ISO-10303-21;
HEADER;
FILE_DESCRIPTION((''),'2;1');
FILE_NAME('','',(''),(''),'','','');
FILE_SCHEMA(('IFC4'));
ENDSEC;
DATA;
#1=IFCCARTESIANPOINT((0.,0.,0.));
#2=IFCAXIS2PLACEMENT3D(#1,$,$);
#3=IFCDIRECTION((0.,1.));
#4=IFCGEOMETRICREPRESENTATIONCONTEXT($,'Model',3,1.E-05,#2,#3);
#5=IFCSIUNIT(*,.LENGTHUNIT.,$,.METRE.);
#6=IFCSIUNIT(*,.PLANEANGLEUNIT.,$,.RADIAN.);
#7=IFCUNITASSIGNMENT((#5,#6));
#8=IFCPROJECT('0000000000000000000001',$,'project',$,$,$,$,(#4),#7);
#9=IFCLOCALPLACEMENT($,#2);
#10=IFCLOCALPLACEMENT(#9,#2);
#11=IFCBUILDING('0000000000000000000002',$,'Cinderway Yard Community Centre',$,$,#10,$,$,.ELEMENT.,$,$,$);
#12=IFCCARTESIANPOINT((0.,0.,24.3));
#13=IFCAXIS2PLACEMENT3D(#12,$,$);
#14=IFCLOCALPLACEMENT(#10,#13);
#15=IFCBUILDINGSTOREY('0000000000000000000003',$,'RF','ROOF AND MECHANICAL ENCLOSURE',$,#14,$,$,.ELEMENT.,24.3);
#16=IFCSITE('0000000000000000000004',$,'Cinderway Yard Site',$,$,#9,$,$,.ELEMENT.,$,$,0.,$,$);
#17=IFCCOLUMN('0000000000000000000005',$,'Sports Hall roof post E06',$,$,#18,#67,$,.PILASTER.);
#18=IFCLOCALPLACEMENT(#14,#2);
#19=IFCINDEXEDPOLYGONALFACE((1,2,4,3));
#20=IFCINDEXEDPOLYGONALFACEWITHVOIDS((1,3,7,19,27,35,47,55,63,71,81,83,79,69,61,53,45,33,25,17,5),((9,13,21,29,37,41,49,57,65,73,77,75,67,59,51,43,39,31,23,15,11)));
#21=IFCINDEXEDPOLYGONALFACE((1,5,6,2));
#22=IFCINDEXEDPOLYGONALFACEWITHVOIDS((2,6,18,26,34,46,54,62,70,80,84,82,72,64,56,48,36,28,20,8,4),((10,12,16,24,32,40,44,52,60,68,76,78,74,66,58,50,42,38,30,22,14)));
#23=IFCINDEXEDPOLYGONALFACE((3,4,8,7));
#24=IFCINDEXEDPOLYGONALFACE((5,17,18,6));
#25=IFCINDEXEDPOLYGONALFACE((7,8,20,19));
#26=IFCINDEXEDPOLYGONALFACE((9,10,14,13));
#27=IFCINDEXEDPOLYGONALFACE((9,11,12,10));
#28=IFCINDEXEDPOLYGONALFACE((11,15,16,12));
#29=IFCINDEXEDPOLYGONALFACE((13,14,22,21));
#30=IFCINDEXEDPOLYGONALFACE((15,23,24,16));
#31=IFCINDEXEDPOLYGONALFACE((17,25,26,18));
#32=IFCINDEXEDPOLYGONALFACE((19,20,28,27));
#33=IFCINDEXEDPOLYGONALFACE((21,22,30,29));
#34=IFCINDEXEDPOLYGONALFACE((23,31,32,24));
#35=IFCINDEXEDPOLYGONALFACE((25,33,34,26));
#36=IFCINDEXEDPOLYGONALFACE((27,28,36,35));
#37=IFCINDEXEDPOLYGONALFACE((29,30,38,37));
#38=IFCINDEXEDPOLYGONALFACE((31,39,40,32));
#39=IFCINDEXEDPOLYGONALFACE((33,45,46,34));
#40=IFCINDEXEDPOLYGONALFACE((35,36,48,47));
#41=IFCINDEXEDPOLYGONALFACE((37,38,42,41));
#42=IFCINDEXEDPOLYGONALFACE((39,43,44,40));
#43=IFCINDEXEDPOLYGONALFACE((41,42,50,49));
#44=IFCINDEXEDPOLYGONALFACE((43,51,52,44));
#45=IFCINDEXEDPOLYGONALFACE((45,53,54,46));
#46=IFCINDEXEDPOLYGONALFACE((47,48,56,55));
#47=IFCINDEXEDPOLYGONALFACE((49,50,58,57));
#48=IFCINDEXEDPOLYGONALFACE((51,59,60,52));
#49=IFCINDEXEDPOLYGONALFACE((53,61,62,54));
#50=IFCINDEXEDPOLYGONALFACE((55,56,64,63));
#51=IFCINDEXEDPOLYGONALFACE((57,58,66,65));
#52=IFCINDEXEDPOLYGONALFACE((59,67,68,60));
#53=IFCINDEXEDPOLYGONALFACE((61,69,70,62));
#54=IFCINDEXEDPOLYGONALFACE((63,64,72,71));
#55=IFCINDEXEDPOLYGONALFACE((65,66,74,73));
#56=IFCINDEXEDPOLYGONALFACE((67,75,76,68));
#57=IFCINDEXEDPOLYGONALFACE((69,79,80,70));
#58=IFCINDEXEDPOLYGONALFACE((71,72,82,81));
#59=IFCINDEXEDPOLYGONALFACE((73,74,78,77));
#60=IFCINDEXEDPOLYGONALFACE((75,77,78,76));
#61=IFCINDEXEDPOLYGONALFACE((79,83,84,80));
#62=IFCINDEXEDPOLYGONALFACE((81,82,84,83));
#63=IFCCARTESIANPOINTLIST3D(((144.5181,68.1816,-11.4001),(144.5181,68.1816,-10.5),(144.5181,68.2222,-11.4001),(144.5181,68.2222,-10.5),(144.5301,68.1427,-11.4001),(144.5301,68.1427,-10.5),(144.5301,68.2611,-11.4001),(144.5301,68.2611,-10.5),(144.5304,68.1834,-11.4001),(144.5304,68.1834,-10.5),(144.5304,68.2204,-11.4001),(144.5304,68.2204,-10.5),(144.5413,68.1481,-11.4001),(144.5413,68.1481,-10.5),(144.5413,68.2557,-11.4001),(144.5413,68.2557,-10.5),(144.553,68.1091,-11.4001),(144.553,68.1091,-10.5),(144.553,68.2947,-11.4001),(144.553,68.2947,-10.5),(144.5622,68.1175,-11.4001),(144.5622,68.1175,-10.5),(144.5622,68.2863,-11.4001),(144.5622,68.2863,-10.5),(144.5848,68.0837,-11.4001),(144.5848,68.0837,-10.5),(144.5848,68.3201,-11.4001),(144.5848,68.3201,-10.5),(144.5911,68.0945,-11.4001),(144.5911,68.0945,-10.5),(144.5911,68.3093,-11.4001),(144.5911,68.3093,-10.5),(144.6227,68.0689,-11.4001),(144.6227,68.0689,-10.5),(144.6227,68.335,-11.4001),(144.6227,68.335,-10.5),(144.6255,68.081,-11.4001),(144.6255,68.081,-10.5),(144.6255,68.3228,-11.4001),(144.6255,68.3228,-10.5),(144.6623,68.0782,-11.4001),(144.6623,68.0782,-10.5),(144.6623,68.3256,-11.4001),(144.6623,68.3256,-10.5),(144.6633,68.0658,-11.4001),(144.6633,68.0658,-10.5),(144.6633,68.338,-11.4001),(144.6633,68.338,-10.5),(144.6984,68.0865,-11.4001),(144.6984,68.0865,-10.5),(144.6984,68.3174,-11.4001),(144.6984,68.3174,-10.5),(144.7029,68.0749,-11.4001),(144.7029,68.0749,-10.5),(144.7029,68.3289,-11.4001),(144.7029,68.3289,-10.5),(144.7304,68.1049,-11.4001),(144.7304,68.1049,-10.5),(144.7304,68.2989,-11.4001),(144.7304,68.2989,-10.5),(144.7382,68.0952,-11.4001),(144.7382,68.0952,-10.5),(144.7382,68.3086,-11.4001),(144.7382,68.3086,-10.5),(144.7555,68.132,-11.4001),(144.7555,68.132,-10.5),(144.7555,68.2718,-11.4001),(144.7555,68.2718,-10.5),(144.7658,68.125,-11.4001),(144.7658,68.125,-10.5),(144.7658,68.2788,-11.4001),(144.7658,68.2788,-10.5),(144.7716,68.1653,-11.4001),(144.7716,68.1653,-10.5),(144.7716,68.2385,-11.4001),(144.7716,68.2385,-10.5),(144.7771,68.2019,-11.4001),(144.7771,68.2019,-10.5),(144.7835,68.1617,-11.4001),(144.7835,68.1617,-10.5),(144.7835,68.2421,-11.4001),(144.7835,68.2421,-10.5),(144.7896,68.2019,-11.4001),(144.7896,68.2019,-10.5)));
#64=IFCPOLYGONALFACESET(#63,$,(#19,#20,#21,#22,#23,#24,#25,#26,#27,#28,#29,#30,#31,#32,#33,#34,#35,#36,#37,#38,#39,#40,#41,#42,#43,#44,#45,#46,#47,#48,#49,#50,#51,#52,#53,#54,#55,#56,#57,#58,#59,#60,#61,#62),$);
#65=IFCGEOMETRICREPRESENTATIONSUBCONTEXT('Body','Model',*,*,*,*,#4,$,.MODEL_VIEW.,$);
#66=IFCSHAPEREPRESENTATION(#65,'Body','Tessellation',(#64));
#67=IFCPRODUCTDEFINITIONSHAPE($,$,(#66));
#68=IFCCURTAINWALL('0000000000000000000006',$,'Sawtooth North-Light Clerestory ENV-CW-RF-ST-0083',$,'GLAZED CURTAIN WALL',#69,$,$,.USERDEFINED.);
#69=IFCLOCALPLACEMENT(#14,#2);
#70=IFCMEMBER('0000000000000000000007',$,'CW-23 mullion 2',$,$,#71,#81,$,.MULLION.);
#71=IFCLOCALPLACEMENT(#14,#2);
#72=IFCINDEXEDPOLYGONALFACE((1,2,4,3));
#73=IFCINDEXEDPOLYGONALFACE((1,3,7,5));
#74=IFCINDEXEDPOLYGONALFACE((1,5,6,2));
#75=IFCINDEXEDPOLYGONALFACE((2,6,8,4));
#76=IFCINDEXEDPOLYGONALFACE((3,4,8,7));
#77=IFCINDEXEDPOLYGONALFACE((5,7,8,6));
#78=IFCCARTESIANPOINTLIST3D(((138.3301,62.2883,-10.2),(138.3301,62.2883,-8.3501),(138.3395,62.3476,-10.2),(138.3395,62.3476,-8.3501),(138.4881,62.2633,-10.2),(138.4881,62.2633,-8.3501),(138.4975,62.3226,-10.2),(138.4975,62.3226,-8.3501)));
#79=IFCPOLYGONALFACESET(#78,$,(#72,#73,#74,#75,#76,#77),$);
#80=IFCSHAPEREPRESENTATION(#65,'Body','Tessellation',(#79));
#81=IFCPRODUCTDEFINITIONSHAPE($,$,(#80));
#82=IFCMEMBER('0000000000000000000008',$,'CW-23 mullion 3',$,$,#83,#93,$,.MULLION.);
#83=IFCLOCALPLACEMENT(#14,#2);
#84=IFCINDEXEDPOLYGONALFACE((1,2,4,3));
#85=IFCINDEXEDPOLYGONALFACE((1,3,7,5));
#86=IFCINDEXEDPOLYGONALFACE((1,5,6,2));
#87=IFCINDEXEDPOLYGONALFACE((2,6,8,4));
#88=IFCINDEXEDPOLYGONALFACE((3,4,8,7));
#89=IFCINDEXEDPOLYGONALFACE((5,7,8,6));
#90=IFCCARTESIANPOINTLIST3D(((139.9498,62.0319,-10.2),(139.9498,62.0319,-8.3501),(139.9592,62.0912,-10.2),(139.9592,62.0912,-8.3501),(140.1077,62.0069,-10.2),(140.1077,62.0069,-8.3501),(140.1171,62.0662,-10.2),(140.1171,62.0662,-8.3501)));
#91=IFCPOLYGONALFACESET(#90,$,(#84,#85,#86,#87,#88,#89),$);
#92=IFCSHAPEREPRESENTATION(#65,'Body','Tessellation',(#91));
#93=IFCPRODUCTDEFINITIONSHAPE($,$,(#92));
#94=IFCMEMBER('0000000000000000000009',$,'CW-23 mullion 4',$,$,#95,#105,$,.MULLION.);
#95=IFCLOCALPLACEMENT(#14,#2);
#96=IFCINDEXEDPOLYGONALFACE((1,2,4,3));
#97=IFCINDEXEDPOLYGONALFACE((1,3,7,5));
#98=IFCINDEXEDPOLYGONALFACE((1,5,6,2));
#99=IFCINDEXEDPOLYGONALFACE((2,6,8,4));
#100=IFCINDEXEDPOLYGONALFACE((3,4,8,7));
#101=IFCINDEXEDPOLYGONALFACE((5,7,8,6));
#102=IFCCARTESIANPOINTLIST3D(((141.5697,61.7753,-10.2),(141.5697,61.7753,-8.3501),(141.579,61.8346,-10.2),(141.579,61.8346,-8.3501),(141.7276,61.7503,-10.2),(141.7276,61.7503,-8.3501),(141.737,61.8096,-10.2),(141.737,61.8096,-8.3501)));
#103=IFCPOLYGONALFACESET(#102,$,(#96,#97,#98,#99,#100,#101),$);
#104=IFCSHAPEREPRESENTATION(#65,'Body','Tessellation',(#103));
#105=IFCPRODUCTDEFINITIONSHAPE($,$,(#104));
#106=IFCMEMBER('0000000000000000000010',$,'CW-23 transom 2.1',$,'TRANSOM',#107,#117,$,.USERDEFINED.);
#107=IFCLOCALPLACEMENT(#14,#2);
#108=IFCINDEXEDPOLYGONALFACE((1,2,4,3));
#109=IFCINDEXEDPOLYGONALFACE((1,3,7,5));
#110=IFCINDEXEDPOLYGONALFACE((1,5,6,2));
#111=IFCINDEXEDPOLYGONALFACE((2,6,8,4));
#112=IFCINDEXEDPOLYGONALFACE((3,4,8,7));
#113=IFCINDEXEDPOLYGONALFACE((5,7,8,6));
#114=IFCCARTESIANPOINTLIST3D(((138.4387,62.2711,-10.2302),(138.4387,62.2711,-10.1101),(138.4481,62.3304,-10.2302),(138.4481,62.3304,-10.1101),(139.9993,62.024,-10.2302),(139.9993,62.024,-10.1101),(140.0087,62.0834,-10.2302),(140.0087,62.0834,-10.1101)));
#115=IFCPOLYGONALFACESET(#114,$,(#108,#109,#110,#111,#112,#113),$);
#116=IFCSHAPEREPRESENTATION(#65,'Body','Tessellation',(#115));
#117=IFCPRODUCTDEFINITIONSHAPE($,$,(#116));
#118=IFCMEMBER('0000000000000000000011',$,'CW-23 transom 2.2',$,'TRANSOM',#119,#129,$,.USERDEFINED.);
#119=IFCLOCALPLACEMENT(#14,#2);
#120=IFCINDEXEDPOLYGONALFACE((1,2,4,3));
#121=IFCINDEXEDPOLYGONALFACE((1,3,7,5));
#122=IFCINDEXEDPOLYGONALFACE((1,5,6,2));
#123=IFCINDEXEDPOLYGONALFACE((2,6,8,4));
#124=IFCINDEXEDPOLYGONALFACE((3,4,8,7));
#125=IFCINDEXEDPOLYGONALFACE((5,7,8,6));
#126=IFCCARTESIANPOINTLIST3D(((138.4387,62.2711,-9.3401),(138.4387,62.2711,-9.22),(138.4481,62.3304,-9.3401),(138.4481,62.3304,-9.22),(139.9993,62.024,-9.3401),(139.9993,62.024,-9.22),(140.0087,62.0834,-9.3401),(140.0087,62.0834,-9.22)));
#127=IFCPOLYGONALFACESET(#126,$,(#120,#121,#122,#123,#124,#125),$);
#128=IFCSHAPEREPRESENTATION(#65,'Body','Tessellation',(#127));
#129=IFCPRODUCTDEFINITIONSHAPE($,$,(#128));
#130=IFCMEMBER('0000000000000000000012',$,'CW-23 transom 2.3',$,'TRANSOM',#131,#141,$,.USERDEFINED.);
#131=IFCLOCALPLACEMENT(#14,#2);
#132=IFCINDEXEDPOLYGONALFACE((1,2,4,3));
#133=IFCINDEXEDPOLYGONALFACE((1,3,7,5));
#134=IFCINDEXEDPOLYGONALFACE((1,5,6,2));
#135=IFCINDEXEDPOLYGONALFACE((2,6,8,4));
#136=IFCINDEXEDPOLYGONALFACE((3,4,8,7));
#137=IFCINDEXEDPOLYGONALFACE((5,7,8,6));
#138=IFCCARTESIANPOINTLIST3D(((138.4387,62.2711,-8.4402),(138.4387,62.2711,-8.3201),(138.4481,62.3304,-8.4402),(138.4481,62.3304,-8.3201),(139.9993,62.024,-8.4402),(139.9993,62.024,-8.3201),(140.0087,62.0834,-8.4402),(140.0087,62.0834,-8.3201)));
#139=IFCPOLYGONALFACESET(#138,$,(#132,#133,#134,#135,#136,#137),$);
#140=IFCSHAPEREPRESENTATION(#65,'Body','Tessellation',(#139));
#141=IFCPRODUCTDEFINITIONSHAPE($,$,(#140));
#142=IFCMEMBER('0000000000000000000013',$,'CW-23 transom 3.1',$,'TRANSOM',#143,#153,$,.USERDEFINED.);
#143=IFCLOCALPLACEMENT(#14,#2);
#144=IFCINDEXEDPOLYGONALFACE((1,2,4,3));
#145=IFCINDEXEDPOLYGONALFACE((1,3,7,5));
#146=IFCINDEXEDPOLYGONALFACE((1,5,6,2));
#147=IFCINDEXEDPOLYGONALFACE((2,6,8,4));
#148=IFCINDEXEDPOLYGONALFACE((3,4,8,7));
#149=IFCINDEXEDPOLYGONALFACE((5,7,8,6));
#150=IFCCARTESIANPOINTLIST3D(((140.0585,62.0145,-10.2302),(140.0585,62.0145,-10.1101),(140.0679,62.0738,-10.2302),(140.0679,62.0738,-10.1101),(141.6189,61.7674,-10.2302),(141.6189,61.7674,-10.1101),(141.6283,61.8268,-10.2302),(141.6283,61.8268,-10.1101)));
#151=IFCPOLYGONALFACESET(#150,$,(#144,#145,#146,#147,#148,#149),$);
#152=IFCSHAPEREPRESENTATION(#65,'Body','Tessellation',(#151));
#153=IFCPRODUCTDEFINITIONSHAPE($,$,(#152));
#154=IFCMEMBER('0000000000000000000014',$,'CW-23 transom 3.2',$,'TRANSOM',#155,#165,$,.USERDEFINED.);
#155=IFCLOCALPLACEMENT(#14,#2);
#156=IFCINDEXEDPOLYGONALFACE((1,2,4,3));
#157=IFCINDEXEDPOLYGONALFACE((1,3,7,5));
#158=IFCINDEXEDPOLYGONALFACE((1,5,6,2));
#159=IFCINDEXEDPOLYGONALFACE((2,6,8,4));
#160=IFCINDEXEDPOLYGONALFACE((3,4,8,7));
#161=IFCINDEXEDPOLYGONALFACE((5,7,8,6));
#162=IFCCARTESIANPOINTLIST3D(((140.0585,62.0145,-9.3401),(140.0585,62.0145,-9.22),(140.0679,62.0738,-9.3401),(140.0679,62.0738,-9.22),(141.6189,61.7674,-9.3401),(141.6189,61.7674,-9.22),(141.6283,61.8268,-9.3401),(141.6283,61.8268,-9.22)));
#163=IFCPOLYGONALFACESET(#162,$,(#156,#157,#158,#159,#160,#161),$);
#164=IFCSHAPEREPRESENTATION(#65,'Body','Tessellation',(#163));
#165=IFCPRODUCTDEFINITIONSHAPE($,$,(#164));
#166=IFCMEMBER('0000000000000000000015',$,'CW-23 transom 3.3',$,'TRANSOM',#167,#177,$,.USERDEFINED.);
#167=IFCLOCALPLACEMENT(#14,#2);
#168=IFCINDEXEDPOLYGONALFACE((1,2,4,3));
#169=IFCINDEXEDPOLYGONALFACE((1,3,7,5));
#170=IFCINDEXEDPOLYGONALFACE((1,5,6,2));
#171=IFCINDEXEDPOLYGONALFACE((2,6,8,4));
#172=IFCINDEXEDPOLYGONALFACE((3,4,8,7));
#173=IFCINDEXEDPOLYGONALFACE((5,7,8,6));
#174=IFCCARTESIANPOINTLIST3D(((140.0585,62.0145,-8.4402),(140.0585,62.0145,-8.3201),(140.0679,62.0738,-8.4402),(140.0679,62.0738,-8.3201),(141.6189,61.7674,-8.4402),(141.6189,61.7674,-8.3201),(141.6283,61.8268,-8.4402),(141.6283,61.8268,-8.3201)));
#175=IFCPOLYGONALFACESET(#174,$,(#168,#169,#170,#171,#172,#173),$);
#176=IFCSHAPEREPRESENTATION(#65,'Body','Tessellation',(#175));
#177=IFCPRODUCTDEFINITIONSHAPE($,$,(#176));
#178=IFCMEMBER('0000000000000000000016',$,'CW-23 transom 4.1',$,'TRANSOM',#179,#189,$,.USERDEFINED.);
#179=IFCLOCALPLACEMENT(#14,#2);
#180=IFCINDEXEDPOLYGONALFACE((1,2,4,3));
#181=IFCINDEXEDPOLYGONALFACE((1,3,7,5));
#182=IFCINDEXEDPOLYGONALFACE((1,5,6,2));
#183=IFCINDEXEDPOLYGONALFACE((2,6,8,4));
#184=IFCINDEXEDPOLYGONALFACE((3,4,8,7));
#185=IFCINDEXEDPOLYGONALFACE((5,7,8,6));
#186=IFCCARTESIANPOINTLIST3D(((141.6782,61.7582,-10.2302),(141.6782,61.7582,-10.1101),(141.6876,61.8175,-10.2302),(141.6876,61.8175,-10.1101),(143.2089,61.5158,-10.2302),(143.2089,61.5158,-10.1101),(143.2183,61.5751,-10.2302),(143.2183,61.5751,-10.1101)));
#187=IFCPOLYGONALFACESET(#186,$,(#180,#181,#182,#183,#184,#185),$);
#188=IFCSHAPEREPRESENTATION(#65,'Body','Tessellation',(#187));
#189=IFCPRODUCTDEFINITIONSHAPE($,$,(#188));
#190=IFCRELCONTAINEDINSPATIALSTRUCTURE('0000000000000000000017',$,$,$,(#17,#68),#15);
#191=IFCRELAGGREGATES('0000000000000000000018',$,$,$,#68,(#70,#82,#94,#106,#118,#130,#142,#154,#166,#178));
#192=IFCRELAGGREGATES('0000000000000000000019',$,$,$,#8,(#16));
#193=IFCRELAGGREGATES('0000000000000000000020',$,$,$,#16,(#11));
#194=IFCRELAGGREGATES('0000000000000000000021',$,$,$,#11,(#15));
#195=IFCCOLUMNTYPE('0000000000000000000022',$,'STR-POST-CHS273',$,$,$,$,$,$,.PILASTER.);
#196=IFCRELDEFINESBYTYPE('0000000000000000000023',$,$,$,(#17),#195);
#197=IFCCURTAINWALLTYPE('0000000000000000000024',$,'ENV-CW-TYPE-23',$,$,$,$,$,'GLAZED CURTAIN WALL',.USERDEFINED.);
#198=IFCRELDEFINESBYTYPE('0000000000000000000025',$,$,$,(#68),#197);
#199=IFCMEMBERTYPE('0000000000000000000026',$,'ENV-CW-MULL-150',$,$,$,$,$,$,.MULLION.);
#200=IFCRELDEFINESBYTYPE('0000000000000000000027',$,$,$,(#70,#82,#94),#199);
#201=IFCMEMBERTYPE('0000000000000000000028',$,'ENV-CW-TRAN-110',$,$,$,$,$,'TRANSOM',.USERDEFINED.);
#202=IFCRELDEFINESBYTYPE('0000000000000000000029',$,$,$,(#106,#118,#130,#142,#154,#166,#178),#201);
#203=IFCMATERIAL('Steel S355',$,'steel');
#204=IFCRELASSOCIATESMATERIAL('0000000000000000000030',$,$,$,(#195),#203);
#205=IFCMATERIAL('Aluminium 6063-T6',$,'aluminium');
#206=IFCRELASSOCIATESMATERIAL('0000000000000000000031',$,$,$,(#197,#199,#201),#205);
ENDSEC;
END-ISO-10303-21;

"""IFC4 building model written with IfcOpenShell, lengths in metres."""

from ifc_helpers import new_model, si_unit, direction, frame, origin, origin_2d, place, context, subcontext, project, spatial, rectangle, hollow_circle, extrude, material, material_profile, profile_set, type_object, element, aggregate, save


model = new_model("IFC4")

# Units and contexts
model_context = context("Model", 3, precision=1e-05, world=origin(), true_north=direction((0.0, 1.0)))
body_context = subcontext(model_context, "Body", "Model", "MODEL_VIEW")
ifc_project = project(units=[si_unit("LENGTHUNIT", "METRE"), si_unit("PLANEANGLEUNIT", "RADIAN")], contexts=[model_context])

# Site, building, storey
site_placement = place(None, origin())
site = spatial("IfcSite", under=ifc_project, at=site_placement, Name="Cinderway Yard Site", CompositionType="ELEMENT", RefElevation=0.0)
building_placement = place(site_placement, origin())
building = spatial("IfcBuilding", under=site, at=building_placement, Name="Cinderway Yard Community Centre", CompositionType="ELEMENT")
storey_placement = place(building_placement, frame((0.0, 0.0, 24.3)))
storey = spatial("IfcBuildingStorey", under=building, at=storey_placement, Name="RF", Description="ROOF AND MECHANICAL ENCLOSURE", CompositionType="ELEMENT", Elevation=24.3)

# Column
ifc_material_1 = material(Name="Steel S355", Category="steel")
ifc_material_profile_1 = material_profile(ifc_material_1, hollow_circle(Radius=0.1365, WallThickness=0.0125, at=origin_2d()), Name="Steel S355")
ifc_profile_set_1 = profile_set([ifc_material_profile_1], Name="Steel S355")
column_type = type_object("IfcColumnType", Name="STR-POST-CHS273", PredefinedType="PILASTER", material=ifc_profile_set_1)
column_placement = place(storey_placement, frame((144.6531, 68.2019, -11.4001), z_axis=(0.0, 0.0, 1.0), x_axis=(1.0, 0.0, 0.0)))
element("IfcColumn", 1, at=column_placement, inside=storey, type_object=column_type, Name="Sports Hall roof post E06", PredefinedType="PILASTER", context=body_context, shape_type="SweptSolid", body=[
    extrude(hollow_circle(Radius=0.1365, WallThickness=0.0125, at=origin_2d()), origin(), (0.0, 0.0, 1.0), 0.9001),
])

# Curtain wall, members
ifc_material_2 = material(Name="Aluminium 6063-T6", Category="aluminium")
curtain_wall_type = type_object("IfcCurtainWallType", Name="ENV-CW-TYPE-23", ElementType="GLAZED CURTAIN WALL", PredefinedType="USERDEFINED", material=ifc_material_2)
curtain_wall_placement = place(storey_placement, origin())
curtain_wall = element("IfcCurtainWall", 2, at=curtain_wall_placement, inside=storey, type_object=curtain_wall_type, Name="Sawtooth North-Light Clerestory ENV-CW-RF-ST-0083", ObjectType="GLAZED CURTAIN WALL", PredefinedType="USERDEFINED")
ifc_material_profile_2 = material_profile(ifc_material_2, rectangle(XDim=0.0601, YDim=0.1599, at=origin_2d()), Name="Aluminium 6063-T6")
ifc_profile_set_2 = profile_set([ifc_material_profile_2], Name="Aluminium 6063-T6")
member_type_1 = type_object("IfcMemberType", Name="ENV-CW-MULL-150", PredefinedType="MULLION", material=ifc_profile_set_2)
member_1_placement = place(storey_placement, frame((138.4138, 62.3054, -10.2), z_axis=(0.0, 0.0, 1.0), x_axis=(0.156409, 0.987692, 0.0)))
member_1 = element("IfcMember", 3, at=member_1_placement, type_object=member_type_1, Name="CW-23 mullion 2", PredefinedType="MULLION", context=body_context, shape_type="SweptSolid", body=[
    extrude(rectangle(XDim=0.0601, YDim=0.1599, at=origin_2d()), origin(), (0.0, 0.0, 1.0), 1.8499),
])
member_2_placement = place(storey_placement, frame((140.0334, 62.0491, -10.2), z_axis=(0.0, 0.0, 1.0), x_axis=(0.156409, 0.987692, 0.0)))
member_2 = element("IfcMember", 4, at=member_2_placement, type_object=member_type_1, Name="CW-23 mullion 3", PredefinedType="MULLION", context=body_context, shape_type="SweptSolid", body=[
    extrude(rectangle(XDim=0.0601, YDim=0.1599, at=origin_2d()), origin(), (0.0, 0.0, 1.0), 1.8499),
])
member_3_placement = place(storey_placement, frame((141.6533, 61.7925, -10.2), z_axis=(0.0, 0.0, 1.0), x_axis=(0.156409, 0.987692, 0.0)))
member_3 = element("IfcMember", 5, at=member_3_placement, type_object=member_type_1, Name="CW-23 mullion 4", PredefinedType="MULLION", context=body_context, shape_type="SweptSolid", body=[
    extrude(rectangle(XDim=0.0601, YDim=0.1599, at=origin_2d()), origin(), (0.0, 0.0, 1.0), 1.8499),
])
ifc_material_profile_3 = material_profile(ifc_material_2, rectangle(XDim=0.0601, YDim=0.1201, at=origin_2d()), Name="Aluminium 6063-T6")
ifc_profile_set_3 = profile_set([ifc_material_profile_3], Name="Aluminium 6063-T6")
member_type_2 = type_object("IfcMemberType", Name="ENV-CW-TRAN-110", ElementType="TRANSOM", PredefinedType="USERDEFINED", material=ifc_profile_set_3)
member_4_placement = place(storey_placement, frame((138.4434, 62.3008, -10.1702), z_axis=(0.987698, -0.156375, 0.0), x_axis=(0.156375, 0.987698, 0.0)))
member_4 = element("IfcMember", 6, at=member_4_placement, type_object=member_type_2, Name="CW-23 transom 2.1", ObjectType="TRANSOM", PredefinedType="USERDEFINED", context=body_context, shape_type="SweptSolid", body=[
    extrude(rectangle(XDim=0.0601, YDim=0.1201, at=origin_2d()), origin(), (0.0, 0.0, 1.0), 1.5801),
])
member_5_placement = place(storey_placement, frame((138.4434, 62.3008, -9.28), z_axis=(0.987698, -0.156375, 0.0), x_axis=(0.156375, 0.987698, 0.0)))
member_5 = element("IfcMember", 7, at=member_5_placement, type_object=member_type_2, Name="CW-23 transom 2.2", ObjectType="TRANSOM", PredefinedType="USERDEFINED", context=body_context, shape_type="SweptSolid", body=[
    extrude(rectangle(XDim=0.0601, YDim=0.1201, at=origin_2d()), origin(), (0.0, 0.0, 1.0), 1.5801),
])
member_6_placement = place(storey_placement, frame((138.4434, 62.3008, -8.3801), z_axis=(0.987698, -0.156375, 0.0), x_axis=(0.156375, 0.987698, 0.0)))
member_6 = element("IfcMember", 8, at=member_6_placement, type_object=member_type_2, Name="CW-23 transom 2.3", ObjectType="TRANSOM", PredefinedType="USERDEFINED", context=body_context, shape_type="SweptSolid", body=[
    extrude(rectangle(XDim=0.0601, YDim=0.1201, at=origin_2d()), origin(), (0.0, 0.0, 1.0), 1.5801),
])
member_7_placement = place(storey_placement, frame((140.0632, 62.0442, -10.1702), z_axis=(0.987694, -0.156399, 0.0), x_axis=(0.156399, 0.987694, 0.0)))
member_7 = element("IfcMember", 9, at=member_7_placement, type_object=member_type_2, Name="CW-23 transom 3.1", ObjectType="TRANSOM", PredefinedType="USERDEFINED", context=body_context, shape_type="SweptSolid", body=[
    extrude(rectangle(XDim=0.0601, YDim=0.1201, at=origin_2d()), origin(), (0.0, 0.0, 1.0), 1.5798),
])
member_8_placement = place(storey_placement, frame((140.0632, 62.0442, -9.28), z_axis=(0.987694, -0.156399, 0.0), x_axis=(0.156399, 0.987694, 0.0)))
member_8 = element("IfcMember", 10, at=member_8_placement, type_object=member_type_2, Name="CW-23 transom 3.2", ObjectType="TRANSOM", PredefinedType="USERDEFINED", context=body_context, shape_type="SweptSolid", body=[
    extrude(rectangle(XDim=0.0601, YDim=0.1201, at=origin_2d()), origin(), (0.0, 0.0, 1.0), 1.5798),
])
member_9_placement = place(storey_placement, frame((140.0632, 62.0442, -8.3801), z_axis=(0.987694, -0.156399, 0.0), x_axis=(0.156399, 0.987694, 0.0)))
member_9 = element("IfcMember", 11, at=member_9_placement, type_object=member_type_2, Name="CW-23 transom 3.3", ObjectType="TRANSOM", PredefinedType="USERDEFINED", context=body_context, shape_type="SweptSolid", body=[
    extrude(rectangle(XDim=0.0601, YDim=0.1201, at=origin_2d()), origin(), (0.0, 0.0, 1.0), 1.5798),
])
member_10_placement = place(storey_placement, frame((141.6829, 61.7878, -10.1702), z_axis=(0.98769, -0.156424, 0.0), x_axis=(0.156424, 0.98769, 0.0)))
member_10 = element("IfcMember", 12, at=member_10_placement, type_object=member_type_2, Name="CW-23 transom 4.1", ObjectType="TRANSOM", PredefinedType="USERDEFINED", context=body_context, shape_type="SweptSolid", body=[
    extrude(rectangle(XDim=0.0601, YDim=0.1201, at=origin_2d()), origin(), (0.0, 0.0, 1.0), 1.5498),
])

aggregate(curtain_wall, [member_1, member_2, member_3, member_4, member_5, member_6, member_7, member_8, member_9, member_10])

save(model, "model.ifc")
